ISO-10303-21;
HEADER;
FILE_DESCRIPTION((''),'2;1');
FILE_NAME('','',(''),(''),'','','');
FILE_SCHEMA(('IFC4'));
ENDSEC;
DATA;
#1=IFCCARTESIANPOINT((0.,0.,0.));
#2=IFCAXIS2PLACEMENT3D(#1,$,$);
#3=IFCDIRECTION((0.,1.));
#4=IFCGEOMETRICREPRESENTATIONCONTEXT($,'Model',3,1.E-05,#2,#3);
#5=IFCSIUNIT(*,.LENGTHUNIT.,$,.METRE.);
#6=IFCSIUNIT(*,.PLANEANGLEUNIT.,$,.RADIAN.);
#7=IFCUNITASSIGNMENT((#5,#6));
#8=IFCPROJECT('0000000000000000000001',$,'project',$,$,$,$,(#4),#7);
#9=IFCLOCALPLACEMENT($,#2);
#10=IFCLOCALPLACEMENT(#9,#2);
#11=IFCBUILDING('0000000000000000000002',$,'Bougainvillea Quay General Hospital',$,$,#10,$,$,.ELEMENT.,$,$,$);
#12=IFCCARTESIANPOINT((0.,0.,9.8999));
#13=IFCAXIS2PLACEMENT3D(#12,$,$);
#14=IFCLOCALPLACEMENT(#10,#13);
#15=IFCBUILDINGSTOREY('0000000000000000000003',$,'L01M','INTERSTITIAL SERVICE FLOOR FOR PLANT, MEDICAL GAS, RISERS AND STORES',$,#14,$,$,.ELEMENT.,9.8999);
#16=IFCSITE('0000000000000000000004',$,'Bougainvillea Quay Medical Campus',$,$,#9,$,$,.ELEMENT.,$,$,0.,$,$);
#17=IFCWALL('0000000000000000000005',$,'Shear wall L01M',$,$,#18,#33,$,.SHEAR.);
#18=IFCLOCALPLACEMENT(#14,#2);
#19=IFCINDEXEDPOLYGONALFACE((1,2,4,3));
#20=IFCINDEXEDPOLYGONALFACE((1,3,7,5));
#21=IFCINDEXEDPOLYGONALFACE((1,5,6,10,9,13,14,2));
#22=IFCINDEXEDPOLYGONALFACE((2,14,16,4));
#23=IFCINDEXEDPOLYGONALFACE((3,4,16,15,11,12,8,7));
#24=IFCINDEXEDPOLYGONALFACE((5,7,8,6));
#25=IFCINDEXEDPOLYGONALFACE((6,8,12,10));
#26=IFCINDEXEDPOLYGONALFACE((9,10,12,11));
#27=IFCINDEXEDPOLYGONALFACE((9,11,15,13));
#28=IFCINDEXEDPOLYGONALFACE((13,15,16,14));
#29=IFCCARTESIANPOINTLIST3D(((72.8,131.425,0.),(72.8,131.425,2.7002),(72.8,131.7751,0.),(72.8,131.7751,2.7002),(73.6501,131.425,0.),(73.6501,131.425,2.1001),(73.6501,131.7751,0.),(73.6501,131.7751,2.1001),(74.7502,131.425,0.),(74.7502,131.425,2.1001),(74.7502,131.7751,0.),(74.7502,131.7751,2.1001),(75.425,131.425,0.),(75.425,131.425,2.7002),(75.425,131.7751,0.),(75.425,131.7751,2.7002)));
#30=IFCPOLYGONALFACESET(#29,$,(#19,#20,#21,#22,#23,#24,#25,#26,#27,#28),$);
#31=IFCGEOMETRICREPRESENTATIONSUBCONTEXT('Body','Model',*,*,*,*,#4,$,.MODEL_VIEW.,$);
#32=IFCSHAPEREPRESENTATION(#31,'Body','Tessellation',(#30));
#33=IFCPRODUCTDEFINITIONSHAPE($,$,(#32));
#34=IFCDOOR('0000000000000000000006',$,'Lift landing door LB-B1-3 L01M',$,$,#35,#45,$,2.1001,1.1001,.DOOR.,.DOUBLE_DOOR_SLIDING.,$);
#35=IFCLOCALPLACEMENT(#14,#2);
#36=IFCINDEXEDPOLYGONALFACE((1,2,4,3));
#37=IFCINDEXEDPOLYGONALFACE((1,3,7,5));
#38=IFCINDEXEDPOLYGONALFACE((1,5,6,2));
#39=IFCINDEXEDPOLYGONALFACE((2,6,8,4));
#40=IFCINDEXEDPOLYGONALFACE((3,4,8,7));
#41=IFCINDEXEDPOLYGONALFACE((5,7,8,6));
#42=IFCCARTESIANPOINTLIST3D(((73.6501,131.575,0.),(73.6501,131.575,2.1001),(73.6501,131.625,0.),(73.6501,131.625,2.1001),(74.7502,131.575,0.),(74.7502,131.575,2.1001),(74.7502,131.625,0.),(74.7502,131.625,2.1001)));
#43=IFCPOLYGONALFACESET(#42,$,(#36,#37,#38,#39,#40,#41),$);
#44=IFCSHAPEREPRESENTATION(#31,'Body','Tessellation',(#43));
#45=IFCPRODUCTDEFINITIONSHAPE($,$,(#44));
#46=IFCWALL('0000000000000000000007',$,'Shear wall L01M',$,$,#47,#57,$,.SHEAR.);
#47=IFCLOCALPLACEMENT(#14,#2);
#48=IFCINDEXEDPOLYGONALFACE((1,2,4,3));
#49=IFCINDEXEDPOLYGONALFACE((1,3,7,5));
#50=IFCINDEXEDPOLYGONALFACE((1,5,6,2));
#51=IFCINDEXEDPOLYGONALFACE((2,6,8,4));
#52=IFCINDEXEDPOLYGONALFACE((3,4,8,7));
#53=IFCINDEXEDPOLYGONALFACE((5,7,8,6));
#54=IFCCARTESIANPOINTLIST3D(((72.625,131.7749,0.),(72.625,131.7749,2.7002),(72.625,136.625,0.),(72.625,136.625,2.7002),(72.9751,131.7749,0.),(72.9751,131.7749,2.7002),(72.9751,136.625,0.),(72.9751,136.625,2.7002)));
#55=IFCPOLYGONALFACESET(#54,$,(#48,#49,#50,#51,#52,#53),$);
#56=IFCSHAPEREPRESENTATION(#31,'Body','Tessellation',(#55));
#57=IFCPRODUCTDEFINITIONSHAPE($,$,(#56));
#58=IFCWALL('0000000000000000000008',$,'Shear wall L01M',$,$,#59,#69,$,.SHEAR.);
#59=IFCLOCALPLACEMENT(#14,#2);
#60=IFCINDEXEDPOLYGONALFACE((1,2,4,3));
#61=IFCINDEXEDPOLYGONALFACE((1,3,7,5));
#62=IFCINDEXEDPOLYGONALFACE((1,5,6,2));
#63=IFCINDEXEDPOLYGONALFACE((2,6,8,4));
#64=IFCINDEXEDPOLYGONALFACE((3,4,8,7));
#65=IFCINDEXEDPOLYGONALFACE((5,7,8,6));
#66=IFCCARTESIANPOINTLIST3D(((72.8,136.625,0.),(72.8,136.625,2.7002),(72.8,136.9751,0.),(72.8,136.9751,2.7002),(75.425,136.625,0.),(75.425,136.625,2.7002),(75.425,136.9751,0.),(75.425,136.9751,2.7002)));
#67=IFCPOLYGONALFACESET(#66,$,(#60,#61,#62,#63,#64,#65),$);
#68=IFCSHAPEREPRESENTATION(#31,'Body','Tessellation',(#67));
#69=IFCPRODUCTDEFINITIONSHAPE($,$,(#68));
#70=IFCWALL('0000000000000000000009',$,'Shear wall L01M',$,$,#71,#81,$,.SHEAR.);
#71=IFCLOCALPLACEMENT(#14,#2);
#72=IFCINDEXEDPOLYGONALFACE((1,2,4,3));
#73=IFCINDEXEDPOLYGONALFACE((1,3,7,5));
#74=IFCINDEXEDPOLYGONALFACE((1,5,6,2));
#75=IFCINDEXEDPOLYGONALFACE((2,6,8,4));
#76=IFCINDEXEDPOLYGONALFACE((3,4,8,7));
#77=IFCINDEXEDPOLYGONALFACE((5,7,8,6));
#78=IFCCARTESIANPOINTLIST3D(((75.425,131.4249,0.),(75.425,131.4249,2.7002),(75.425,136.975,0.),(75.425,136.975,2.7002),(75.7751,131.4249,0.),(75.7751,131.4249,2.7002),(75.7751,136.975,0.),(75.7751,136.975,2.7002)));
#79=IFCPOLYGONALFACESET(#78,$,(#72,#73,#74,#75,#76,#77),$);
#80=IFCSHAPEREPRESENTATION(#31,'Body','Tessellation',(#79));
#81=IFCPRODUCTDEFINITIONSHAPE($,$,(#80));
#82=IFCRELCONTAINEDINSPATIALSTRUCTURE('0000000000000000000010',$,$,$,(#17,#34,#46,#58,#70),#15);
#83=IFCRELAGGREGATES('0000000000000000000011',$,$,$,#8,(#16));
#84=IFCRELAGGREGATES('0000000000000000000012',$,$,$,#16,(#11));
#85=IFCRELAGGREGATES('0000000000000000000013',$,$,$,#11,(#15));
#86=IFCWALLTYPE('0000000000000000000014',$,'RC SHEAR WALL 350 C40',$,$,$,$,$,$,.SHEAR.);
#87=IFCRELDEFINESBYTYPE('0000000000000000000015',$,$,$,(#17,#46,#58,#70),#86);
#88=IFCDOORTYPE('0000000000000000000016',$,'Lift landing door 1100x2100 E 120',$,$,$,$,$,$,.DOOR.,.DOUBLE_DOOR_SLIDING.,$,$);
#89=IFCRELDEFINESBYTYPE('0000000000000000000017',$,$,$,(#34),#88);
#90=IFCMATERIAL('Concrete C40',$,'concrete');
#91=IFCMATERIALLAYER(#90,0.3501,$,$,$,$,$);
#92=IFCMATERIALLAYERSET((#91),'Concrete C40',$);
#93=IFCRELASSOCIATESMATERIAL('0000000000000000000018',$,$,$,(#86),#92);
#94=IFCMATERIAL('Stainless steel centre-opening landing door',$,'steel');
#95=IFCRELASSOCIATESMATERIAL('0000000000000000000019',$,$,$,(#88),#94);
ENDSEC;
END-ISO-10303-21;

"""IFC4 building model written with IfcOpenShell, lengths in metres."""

from ifc_helpers import new_model, si_unit, direction, frame, frame_2d, origin, place, context, subcontext, project, spatial, rectangle, extrude, material, layer, layer_set, type_object, element, fill, save


model = new_model("IFC4")

# Units and contexts
model_context = context("Model", 3, precision=1e-05, world=origin(), true_north=direction((0.0, 1.0)))
body_context = subcontext(model_context, "Body", "Model", "MODEL_VIEW")
ifc_project = project(units=[si_unit("LENGTHUNIT", "METRE"), si_unit("PLANEANGLEUNIT", "RADIAN")], contexts=[model_context])

# Site, building, storey
site_placement = place(None, origin())
site = spatial("IfcSite", under=ifc_project, at=site_placement, Name="Bougainvillea Quay Medical Campus", CompositionType="ELEMENT", RefElevation=0.0)
building_placement = place(site_placement, origin())
building = spatial("IfcBuilding", under=site, at=building_placement, Name="Bougainvillea Quay General Hospital", CompositionType="ELEMENT")
storey_placement = place(building_placement, frame((0.0, 0.0, 9.8999)))
storey = spatial("IfcBuildingStorey", under=building, at=storey_placement, Name="L01M", Description="INTERSTITIAL SERVICE FLOOR FOR PLANT, MEDICAL GAS, RISERS AND STORES", CompositionType="ELEMENT", Elevation=9.8999)

# Shared definitions
ifc_material_1 = material(Name="Concrete C40", Category="concrete")
ifc_layer_1 = layer(ifc_material_1, 0.3501)
ifc_layer_set_1 = layer_set([ifc_layer_1], Name="Concrete C40")
wall_type_1 = type_object("IfcWallType", Name="RC SHEAR WALL 350 C40", PredefinedType="SHEAR", material=ifc_layer_set_1)

# Shared definitions
ifc_material_2 = material(Name="Stainless steel centre-opening landing door", Category="steel")
door_type_1 = type_object("IfcDoorType", Name="Lift landing door 1100x2100 E 120", OperationType="DOUBLE_DOOR_SLIDING", PredefinedType="DOOR", material=ifc_material_2)

# Wall, opening, door
wall_1_placement = place(storey_placement, frame((72.8, 131.6001, 0.0), z_axis=(0.0, 0.0, 1.0), x_axis=(1.0, 0.0, 0.0)))
wall_1 = element("IfcWall", 1, at=wall_1_placement, inside=storey, type_object=wall_type_1, Name="Shear wall L01M", PredefinedType="SHEAR", context=body_context, shape_type="SweptSolid", body=[
    extrude(rectangle(XDim=2.625, YDim=0.3501, at=frame_2d((1.3125, 0.0))), origin(), (0.0, 0.0, 1.0), 2.7002),
])
opening_1_placement = place(wall_1_placement, frame((0.8501, 0.0, 0.0)))
opening_1 = element("IfcOpeningElement", 2, at=opening_1_placement, cuts=wall_1, PredefinedType="OPENING", context=body_context, shape_type="SweptSolid", body=[
    extrude(rectangle(XDim=1.1001, YDim=2.1001, at=frame_2d((0.55, 1.05))), frame((0.0, 0.1851, 0.0), z_axis=(0.0, -1.0, 0.0), x_axis=(1.0, 0.0, 0.0)), (0.0, 0.0, 1.0), 0.3701),
])
door_1_placement = place(opening_1_placement, origin())
door_1 = element("IfcDoor", 3, at=door_1_placement, inside=storey, type_object=door_type_1, Name="Lift landing door LB-B1-3 L01M", OperationType="DOUBLE_DOOR_SLIDING", OverallHeight=2.1001, OverallWidth=1.1001, PredefinedType="DOOR", context=body_context, shape_type="SweptSolid", body=[
    extrude(rectangle(XDim=1.1001, YDim=2.1001, at=frame_2d((0.55, 1.05))), frame((0.0, 0.0249, 0.0), z_axis=(0.0, -1.0, 0.0), x_axis=(1.0, 0.0, 0.0)), (0.0, 0.0, 1.0), 0.05),
])
fill(opening_1, door_1)

# Walls
wall_2_placement = place(storey_placement, frame((72.8, 131.7749, 0.0), z_axis=(0.0, 0.0, 1.0), x_axis=(0.0, 1.0, 0.0)))
element("IfcWall", 4, at=wall_2_placement, inside=storey, type_object=wall_type_1, Name="Shear wall L01M", PredefinedType="SHEAR", context=body_context, shape_type="SweptSolid", body=[
    extrude(rectangle(XDim=4.8501, YDim=0.3501, at=frame_2d((2.425, 0.0))), origin(), (0.0, 0.0, 1.0), 2.7002),
])
wall_3_placement = place(storey_placement, frame((72.8, 136.8, 0.0), z_axis=(0.0, 0.0, 1.0), x_axis=(1.0, 0.0, 0.0)))
element("IfcWall", 5, at=wall_3_placement, inside=storey, type_object=wall_type_1, Name="Shear wall L01M", PredefinedType="SHEAR", context=body_context, shape_type="SweptSolid", body=[
    extrude(rectangle(XDim=2.625, YDim=0.3501, at=frame_2d((1.3125, 0.0))), origin(), (0.0, 0.0, 1.0), 2.7002),
])
wall_4_placement = place(storey_placement, frame((75.6001, 131.425, 0.0), z_axis=(0.0, 0.0, 1.0), x_axis=(0.0, 1.0, 0.0)))
element("IfcWall", 6, at=wall_4_placement, inside=storey, type_object=wall_type_1, Name="Shear wall L01M", PredefinedType="SHEAR", context=body_context, shape_type="SweptSolid", body=[
    extrude(rectangle(XDim=5.55, YDim=0.3501, at=frame_2d((2.7749, 0.0))), origin(), (0.0, 0.0, 1.0), 2.7002),
])

save(model, "model.ifc")
